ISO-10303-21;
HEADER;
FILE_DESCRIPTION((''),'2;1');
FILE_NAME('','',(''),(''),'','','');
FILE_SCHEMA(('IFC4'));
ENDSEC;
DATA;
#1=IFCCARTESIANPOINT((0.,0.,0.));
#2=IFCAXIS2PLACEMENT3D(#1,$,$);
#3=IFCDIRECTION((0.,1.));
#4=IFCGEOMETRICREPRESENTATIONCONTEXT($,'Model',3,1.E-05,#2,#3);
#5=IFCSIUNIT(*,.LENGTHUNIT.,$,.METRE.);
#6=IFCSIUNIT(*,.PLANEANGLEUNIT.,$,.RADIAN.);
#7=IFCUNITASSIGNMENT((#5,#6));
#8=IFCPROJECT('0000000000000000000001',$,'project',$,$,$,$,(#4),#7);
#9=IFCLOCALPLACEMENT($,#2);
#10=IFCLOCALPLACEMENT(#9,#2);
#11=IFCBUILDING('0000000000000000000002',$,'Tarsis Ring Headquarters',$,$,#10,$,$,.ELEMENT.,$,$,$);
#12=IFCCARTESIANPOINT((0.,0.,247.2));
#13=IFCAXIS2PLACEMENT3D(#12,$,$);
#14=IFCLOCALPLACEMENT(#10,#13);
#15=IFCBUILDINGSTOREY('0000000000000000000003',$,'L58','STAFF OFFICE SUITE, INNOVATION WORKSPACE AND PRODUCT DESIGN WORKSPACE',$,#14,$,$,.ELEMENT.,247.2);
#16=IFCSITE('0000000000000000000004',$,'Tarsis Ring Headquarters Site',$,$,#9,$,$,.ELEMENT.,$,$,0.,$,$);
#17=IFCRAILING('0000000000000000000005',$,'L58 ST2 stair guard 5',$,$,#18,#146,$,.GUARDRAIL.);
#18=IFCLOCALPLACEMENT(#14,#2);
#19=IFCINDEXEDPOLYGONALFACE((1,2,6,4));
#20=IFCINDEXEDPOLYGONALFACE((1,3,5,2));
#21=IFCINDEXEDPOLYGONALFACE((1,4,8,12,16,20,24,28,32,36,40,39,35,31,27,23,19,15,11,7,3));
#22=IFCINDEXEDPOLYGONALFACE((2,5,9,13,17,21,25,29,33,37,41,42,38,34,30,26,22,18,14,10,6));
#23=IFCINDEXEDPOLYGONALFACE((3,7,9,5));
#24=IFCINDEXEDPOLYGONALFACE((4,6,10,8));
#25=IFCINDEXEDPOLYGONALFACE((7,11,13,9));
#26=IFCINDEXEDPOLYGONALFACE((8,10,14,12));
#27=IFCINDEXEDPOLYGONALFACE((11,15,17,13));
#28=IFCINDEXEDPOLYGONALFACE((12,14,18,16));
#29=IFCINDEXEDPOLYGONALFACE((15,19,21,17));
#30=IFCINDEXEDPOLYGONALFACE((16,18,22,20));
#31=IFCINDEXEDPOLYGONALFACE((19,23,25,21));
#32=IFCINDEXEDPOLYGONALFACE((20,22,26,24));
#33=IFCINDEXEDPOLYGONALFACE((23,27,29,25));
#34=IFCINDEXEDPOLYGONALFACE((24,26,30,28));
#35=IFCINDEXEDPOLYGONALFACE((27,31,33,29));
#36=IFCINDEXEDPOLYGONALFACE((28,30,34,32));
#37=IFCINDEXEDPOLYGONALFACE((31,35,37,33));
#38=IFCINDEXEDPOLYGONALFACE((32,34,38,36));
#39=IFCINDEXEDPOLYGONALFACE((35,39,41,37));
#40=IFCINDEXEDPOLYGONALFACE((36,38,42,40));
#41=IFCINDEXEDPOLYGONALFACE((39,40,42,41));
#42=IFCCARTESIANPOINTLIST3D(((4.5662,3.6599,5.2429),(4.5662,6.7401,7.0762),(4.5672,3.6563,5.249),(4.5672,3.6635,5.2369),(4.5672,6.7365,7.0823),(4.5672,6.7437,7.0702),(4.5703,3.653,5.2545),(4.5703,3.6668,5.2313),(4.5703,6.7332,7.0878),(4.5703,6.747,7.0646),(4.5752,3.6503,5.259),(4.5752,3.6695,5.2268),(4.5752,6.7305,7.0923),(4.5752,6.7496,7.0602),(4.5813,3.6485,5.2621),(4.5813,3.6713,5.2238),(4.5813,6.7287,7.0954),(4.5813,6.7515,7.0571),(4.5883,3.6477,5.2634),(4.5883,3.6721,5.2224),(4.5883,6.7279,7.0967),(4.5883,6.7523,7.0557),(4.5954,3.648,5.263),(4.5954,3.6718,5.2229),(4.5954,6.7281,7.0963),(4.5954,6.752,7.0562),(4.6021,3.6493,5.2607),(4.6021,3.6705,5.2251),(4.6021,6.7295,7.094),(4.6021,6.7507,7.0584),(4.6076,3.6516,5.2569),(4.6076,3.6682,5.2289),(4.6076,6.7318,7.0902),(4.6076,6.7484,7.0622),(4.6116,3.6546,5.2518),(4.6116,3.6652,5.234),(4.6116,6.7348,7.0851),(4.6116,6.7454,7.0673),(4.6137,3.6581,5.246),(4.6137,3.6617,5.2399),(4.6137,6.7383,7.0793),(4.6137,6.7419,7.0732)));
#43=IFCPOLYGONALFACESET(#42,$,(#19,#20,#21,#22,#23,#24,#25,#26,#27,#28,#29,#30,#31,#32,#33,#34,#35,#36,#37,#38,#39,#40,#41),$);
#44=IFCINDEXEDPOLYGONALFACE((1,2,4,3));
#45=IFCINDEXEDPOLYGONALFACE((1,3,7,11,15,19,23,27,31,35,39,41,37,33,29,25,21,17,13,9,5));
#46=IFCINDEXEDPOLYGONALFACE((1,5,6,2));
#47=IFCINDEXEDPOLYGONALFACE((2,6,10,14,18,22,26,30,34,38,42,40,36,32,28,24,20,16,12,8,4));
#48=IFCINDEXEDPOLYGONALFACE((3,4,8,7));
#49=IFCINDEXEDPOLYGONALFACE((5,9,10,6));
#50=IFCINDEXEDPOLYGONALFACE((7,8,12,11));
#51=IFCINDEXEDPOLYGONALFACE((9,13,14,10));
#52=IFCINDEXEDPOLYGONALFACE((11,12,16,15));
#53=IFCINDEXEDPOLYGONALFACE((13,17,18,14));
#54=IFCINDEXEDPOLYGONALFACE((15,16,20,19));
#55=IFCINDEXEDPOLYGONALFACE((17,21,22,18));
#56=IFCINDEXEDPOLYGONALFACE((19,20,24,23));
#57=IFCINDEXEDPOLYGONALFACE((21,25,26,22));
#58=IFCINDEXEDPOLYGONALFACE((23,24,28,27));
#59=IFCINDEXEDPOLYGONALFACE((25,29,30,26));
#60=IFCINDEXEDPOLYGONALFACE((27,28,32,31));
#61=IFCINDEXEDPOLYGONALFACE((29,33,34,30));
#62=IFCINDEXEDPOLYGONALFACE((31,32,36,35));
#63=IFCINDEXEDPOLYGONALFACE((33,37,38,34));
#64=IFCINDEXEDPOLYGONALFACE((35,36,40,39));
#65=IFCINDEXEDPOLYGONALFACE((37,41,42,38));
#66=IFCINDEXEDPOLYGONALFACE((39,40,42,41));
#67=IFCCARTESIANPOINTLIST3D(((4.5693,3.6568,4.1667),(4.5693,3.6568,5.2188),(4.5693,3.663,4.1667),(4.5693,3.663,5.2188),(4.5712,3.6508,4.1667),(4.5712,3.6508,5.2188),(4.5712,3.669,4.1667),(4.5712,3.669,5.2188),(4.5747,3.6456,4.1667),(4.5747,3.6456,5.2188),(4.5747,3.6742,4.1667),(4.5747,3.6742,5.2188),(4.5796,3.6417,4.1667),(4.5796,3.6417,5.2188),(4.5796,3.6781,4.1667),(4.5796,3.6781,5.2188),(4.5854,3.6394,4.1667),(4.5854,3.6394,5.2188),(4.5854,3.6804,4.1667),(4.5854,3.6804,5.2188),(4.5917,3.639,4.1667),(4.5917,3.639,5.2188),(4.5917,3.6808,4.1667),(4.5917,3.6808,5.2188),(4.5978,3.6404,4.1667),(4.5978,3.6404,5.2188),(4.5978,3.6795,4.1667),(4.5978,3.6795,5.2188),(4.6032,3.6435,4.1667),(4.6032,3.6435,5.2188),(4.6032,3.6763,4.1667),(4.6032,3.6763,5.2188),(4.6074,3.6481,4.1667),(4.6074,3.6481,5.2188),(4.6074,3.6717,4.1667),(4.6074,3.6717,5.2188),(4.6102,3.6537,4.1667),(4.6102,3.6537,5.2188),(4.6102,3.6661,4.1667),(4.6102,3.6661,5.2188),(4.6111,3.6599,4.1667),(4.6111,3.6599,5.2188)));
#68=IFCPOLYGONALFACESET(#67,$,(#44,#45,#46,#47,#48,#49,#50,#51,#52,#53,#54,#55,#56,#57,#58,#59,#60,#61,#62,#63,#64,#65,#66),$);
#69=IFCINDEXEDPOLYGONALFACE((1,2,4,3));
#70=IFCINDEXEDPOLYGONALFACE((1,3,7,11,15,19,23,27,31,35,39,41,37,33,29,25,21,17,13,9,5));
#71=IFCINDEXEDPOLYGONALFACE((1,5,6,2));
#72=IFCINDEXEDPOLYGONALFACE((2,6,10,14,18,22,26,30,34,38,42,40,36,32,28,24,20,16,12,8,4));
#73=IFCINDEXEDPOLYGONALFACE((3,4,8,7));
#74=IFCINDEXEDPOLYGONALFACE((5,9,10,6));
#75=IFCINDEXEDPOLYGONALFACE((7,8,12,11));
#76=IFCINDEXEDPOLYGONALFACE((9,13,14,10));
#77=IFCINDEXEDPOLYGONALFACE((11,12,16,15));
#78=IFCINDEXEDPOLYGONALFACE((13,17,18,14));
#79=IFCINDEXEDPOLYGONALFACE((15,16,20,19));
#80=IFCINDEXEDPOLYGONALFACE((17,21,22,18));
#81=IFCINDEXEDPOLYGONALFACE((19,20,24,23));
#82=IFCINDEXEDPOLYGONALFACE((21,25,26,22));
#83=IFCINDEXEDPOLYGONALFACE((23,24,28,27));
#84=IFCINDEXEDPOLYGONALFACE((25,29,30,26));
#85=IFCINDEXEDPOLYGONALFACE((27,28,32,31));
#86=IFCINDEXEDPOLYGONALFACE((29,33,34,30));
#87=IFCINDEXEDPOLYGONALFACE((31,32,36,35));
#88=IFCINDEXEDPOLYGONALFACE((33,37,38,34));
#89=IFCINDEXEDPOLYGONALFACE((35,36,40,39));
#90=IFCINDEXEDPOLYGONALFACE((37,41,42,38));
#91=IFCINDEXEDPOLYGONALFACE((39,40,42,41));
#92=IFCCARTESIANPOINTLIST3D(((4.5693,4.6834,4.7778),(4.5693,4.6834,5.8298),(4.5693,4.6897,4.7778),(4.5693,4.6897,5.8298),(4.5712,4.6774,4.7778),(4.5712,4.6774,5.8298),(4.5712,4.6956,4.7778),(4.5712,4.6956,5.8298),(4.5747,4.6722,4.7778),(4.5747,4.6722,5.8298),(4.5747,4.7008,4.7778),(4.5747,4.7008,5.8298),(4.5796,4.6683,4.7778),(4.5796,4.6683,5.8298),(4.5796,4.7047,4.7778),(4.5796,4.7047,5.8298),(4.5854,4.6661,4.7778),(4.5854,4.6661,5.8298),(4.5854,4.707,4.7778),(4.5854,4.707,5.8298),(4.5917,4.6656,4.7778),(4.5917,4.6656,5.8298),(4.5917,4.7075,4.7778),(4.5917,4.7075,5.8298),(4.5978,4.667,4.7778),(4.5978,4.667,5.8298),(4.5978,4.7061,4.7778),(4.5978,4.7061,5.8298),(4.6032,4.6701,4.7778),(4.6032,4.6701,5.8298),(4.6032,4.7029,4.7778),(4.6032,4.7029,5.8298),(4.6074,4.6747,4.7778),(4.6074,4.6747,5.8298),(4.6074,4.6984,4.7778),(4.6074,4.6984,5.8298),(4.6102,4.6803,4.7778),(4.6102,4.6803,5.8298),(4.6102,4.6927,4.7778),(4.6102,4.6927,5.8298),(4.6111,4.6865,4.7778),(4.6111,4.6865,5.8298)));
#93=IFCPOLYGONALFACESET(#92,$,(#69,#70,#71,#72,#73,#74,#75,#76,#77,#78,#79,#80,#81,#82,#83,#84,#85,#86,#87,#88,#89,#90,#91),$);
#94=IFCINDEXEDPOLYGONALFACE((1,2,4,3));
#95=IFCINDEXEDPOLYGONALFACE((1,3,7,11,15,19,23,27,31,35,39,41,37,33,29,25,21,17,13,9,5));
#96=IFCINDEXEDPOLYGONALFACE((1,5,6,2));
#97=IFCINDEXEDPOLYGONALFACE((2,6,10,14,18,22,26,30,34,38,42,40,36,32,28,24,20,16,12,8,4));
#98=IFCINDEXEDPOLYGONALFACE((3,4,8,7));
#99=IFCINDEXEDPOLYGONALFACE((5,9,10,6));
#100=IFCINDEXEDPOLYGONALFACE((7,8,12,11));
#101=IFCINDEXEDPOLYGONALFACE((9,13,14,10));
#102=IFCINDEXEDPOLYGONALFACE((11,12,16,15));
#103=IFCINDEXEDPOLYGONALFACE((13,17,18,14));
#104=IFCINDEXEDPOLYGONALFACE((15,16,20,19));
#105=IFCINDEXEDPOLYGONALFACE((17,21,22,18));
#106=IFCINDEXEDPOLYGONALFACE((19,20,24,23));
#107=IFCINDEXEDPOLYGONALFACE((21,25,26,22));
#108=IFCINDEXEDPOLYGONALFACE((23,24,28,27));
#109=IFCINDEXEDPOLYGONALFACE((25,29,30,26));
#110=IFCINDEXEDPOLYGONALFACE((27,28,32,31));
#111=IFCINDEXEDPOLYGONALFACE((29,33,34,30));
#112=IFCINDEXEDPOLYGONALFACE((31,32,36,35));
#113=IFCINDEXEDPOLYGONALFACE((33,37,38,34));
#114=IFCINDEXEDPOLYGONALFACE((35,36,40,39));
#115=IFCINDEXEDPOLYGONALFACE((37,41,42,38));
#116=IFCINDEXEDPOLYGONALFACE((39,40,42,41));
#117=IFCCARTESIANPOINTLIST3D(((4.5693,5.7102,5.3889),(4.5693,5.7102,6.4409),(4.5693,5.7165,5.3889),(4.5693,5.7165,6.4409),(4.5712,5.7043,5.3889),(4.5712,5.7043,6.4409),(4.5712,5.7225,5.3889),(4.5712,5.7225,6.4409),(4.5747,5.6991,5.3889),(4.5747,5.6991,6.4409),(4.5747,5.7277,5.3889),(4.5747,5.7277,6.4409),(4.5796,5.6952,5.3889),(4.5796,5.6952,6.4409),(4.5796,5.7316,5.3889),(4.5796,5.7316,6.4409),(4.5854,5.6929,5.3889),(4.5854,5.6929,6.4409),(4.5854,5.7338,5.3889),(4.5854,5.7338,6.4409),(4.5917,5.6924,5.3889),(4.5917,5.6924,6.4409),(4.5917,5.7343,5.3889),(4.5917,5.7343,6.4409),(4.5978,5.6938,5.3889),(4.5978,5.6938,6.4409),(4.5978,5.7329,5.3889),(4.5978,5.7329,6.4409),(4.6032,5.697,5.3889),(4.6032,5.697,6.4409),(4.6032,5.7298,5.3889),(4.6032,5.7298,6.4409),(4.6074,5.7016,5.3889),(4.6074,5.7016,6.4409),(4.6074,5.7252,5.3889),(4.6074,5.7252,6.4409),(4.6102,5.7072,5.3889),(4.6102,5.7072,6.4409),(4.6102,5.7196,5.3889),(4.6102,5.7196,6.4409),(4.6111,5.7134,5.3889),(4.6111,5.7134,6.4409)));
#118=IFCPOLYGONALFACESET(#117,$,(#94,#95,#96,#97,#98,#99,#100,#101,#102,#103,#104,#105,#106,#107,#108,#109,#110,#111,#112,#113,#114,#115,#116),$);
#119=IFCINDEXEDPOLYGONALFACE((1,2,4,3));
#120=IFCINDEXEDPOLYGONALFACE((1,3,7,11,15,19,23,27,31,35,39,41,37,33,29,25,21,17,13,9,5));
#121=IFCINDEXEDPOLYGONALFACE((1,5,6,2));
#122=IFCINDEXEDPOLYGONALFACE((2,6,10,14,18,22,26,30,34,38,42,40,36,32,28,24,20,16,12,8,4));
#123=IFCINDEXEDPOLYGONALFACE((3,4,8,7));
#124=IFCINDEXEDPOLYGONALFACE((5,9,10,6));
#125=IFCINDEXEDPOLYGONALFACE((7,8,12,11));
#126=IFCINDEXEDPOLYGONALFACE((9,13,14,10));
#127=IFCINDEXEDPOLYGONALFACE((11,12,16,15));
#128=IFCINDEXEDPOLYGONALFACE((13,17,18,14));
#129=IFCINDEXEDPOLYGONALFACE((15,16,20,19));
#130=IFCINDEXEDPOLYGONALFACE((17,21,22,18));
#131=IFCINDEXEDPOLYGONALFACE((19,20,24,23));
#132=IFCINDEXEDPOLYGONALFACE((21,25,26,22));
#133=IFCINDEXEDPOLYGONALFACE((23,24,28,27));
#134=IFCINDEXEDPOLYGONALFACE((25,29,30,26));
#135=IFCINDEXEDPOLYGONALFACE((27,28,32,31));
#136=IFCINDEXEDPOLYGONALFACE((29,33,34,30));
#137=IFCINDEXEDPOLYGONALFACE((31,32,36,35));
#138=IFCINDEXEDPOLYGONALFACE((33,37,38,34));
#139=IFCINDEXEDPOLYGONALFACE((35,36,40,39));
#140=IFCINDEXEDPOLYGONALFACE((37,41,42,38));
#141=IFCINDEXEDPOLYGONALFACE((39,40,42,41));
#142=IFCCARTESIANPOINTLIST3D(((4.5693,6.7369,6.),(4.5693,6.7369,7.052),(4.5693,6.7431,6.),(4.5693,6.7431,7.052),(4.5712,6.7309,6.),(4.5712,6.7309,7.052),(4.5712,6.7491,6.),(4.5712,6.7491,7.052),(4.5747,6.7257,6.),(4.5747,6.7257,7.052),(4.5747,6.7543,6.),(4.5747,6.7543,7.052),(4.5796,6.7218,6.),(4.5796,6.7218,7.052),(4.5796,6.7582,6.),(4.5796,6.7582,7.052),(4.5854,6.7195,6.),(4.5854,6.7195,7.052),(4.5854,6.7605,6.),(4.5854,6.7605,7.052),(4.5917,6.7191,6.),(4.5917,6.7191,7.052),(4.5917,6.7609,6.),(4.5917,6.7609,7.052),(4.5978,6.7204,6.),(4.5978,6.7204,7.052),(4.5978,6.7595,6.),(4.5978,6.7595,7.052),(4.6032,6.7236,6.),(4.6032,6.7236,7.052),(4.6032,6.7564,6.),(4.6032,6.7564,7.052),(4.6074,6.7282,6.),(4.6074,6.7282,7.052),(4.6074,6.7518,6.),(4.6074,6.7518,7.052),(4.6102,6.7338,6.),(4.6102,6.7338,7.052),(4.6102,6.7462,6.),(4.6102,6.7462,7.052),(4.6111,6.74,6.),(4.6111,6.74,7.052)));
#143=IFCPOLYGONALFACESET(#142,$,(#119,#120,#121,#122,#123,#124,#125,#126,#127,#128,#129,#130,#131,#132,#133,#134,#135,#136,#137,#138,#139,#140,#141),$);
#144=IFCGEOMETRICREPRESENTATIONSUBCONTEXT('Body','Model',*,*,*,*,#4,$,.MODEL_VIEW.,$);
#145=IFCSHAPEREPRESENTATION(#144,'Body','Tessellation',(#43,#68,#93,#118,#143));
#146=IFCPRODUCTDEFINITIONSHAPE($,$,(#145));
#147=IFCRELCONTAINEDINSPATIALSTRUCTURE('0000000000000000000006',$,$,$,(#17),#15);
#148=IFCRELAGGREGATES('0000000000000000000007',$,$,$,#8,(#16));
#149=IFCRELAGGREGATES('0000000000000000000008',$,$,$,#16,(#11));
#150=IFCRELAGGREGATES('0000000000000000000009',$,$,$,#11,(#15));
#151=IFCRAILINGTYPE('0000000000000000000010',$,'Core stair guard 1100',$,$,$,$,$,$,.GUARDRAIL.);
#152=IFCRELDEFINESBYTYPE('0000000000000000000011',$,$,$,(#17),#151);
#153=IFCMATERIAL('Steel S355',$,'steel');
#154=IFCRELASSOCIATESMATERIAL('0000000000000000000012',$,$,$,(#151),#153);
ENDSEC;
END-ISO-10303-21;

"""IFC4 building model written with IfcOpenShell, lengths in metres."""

from ifc_helpers import new_model, si_unit, direction, frame, origin, origin_2d, place, context, subcontext, project, spatial, circle, extrude, material, type_object, element, save


model = new_model("IFC4")

# Units and contexts
model_context = context("Model", 3, precision=1e-05, world=origin(), true_north=direction((0.0, 1.0)))
body_context = subcontext(model_context, "Body", "Model", "MODEL_VIEW")
ifc_project = project(units=[si_unit("LENGTHUNIT", "METRE"), si_unit("PLANEANGLEUNIT", "RADIAN")], contexts=[model_context])

# Site, building, storey
site_placement = place(None, origin())
site = spatial("IfcSite", under=ifc_project, at=site_placement, Name="Tarsis Ring Headquarters Site", CompositionType="ELEMENT", RefElevation=0.0)
building_placement = place(site_placement, origin())
building = spatial("IfcBuilding", under=site, at=building_placement, Name="Tarsis Ring Headquarters", CompositionType="ELEMENT")
storey_placement = place(building_placement, frame((0.0, 0.0, 247.2)))
storey = spatial("IfcBuildingStorey", under=building, at=storey_placement, Name="L58", Description="STAFF OFFICE SUITE, INNOVATION WORKSPACE AND PRODUCT DESIGN WORKSPACE", CompositionType="ELEMENT", Elevation=247.2)

# Railing
ifc_material_1 = material(Name="Steel S355", Category="steel")
railing_type_1 = type_object("IfcRailingType", Name="Core stair guard 1100", PredefinedType="GUARDRAIL", material=ifc_material_1)
railing_1_placement = place(storey_placement, frame((4.5901, 3.6599, 4.1667)))
element("IfcRailing", 1, at=railing_1_placement, inside=storey, type_object=railing_type_1, Name="L58 ST2 stair guard 5", PredefinedType="GUARDRAIL", context=body_context, shape_type="SweptSolid", body=[
    extrude(circle(Radius=0.0239, at=origin_2d()), frame((0.0, 0.0, 1.0762), z_axis=(0.0, 0.859309, 0.511458), x_axis=(-1.0, 0.0, 0.0)), (0.0, 0.0, 1.0), 3.5845),
    extrude(circle(Radius=0.021, at=origin_2d()), origin(), (0.0, 0.0, 1.0), 1.052),
    extrude(circle(Radius=0.021, at=origin_2d()), frame((0.0, 1.0266, 0.6111)), (0.0, 0.0, 1.0), 1.052),
    extrude(circle(Radius=0.021, at=origin_2d()), frame((0.0, 2.0535, 1.2222)), (0.0, 0.0, 1.0), 1.052),
    extrude(circle(Radius=0.021, at=origin_2d()), frame((0.0, 3.0801, 1.8333)), (0.0, 0.0, 1.0), 1.052),
])

save(model, "model.ifc")
